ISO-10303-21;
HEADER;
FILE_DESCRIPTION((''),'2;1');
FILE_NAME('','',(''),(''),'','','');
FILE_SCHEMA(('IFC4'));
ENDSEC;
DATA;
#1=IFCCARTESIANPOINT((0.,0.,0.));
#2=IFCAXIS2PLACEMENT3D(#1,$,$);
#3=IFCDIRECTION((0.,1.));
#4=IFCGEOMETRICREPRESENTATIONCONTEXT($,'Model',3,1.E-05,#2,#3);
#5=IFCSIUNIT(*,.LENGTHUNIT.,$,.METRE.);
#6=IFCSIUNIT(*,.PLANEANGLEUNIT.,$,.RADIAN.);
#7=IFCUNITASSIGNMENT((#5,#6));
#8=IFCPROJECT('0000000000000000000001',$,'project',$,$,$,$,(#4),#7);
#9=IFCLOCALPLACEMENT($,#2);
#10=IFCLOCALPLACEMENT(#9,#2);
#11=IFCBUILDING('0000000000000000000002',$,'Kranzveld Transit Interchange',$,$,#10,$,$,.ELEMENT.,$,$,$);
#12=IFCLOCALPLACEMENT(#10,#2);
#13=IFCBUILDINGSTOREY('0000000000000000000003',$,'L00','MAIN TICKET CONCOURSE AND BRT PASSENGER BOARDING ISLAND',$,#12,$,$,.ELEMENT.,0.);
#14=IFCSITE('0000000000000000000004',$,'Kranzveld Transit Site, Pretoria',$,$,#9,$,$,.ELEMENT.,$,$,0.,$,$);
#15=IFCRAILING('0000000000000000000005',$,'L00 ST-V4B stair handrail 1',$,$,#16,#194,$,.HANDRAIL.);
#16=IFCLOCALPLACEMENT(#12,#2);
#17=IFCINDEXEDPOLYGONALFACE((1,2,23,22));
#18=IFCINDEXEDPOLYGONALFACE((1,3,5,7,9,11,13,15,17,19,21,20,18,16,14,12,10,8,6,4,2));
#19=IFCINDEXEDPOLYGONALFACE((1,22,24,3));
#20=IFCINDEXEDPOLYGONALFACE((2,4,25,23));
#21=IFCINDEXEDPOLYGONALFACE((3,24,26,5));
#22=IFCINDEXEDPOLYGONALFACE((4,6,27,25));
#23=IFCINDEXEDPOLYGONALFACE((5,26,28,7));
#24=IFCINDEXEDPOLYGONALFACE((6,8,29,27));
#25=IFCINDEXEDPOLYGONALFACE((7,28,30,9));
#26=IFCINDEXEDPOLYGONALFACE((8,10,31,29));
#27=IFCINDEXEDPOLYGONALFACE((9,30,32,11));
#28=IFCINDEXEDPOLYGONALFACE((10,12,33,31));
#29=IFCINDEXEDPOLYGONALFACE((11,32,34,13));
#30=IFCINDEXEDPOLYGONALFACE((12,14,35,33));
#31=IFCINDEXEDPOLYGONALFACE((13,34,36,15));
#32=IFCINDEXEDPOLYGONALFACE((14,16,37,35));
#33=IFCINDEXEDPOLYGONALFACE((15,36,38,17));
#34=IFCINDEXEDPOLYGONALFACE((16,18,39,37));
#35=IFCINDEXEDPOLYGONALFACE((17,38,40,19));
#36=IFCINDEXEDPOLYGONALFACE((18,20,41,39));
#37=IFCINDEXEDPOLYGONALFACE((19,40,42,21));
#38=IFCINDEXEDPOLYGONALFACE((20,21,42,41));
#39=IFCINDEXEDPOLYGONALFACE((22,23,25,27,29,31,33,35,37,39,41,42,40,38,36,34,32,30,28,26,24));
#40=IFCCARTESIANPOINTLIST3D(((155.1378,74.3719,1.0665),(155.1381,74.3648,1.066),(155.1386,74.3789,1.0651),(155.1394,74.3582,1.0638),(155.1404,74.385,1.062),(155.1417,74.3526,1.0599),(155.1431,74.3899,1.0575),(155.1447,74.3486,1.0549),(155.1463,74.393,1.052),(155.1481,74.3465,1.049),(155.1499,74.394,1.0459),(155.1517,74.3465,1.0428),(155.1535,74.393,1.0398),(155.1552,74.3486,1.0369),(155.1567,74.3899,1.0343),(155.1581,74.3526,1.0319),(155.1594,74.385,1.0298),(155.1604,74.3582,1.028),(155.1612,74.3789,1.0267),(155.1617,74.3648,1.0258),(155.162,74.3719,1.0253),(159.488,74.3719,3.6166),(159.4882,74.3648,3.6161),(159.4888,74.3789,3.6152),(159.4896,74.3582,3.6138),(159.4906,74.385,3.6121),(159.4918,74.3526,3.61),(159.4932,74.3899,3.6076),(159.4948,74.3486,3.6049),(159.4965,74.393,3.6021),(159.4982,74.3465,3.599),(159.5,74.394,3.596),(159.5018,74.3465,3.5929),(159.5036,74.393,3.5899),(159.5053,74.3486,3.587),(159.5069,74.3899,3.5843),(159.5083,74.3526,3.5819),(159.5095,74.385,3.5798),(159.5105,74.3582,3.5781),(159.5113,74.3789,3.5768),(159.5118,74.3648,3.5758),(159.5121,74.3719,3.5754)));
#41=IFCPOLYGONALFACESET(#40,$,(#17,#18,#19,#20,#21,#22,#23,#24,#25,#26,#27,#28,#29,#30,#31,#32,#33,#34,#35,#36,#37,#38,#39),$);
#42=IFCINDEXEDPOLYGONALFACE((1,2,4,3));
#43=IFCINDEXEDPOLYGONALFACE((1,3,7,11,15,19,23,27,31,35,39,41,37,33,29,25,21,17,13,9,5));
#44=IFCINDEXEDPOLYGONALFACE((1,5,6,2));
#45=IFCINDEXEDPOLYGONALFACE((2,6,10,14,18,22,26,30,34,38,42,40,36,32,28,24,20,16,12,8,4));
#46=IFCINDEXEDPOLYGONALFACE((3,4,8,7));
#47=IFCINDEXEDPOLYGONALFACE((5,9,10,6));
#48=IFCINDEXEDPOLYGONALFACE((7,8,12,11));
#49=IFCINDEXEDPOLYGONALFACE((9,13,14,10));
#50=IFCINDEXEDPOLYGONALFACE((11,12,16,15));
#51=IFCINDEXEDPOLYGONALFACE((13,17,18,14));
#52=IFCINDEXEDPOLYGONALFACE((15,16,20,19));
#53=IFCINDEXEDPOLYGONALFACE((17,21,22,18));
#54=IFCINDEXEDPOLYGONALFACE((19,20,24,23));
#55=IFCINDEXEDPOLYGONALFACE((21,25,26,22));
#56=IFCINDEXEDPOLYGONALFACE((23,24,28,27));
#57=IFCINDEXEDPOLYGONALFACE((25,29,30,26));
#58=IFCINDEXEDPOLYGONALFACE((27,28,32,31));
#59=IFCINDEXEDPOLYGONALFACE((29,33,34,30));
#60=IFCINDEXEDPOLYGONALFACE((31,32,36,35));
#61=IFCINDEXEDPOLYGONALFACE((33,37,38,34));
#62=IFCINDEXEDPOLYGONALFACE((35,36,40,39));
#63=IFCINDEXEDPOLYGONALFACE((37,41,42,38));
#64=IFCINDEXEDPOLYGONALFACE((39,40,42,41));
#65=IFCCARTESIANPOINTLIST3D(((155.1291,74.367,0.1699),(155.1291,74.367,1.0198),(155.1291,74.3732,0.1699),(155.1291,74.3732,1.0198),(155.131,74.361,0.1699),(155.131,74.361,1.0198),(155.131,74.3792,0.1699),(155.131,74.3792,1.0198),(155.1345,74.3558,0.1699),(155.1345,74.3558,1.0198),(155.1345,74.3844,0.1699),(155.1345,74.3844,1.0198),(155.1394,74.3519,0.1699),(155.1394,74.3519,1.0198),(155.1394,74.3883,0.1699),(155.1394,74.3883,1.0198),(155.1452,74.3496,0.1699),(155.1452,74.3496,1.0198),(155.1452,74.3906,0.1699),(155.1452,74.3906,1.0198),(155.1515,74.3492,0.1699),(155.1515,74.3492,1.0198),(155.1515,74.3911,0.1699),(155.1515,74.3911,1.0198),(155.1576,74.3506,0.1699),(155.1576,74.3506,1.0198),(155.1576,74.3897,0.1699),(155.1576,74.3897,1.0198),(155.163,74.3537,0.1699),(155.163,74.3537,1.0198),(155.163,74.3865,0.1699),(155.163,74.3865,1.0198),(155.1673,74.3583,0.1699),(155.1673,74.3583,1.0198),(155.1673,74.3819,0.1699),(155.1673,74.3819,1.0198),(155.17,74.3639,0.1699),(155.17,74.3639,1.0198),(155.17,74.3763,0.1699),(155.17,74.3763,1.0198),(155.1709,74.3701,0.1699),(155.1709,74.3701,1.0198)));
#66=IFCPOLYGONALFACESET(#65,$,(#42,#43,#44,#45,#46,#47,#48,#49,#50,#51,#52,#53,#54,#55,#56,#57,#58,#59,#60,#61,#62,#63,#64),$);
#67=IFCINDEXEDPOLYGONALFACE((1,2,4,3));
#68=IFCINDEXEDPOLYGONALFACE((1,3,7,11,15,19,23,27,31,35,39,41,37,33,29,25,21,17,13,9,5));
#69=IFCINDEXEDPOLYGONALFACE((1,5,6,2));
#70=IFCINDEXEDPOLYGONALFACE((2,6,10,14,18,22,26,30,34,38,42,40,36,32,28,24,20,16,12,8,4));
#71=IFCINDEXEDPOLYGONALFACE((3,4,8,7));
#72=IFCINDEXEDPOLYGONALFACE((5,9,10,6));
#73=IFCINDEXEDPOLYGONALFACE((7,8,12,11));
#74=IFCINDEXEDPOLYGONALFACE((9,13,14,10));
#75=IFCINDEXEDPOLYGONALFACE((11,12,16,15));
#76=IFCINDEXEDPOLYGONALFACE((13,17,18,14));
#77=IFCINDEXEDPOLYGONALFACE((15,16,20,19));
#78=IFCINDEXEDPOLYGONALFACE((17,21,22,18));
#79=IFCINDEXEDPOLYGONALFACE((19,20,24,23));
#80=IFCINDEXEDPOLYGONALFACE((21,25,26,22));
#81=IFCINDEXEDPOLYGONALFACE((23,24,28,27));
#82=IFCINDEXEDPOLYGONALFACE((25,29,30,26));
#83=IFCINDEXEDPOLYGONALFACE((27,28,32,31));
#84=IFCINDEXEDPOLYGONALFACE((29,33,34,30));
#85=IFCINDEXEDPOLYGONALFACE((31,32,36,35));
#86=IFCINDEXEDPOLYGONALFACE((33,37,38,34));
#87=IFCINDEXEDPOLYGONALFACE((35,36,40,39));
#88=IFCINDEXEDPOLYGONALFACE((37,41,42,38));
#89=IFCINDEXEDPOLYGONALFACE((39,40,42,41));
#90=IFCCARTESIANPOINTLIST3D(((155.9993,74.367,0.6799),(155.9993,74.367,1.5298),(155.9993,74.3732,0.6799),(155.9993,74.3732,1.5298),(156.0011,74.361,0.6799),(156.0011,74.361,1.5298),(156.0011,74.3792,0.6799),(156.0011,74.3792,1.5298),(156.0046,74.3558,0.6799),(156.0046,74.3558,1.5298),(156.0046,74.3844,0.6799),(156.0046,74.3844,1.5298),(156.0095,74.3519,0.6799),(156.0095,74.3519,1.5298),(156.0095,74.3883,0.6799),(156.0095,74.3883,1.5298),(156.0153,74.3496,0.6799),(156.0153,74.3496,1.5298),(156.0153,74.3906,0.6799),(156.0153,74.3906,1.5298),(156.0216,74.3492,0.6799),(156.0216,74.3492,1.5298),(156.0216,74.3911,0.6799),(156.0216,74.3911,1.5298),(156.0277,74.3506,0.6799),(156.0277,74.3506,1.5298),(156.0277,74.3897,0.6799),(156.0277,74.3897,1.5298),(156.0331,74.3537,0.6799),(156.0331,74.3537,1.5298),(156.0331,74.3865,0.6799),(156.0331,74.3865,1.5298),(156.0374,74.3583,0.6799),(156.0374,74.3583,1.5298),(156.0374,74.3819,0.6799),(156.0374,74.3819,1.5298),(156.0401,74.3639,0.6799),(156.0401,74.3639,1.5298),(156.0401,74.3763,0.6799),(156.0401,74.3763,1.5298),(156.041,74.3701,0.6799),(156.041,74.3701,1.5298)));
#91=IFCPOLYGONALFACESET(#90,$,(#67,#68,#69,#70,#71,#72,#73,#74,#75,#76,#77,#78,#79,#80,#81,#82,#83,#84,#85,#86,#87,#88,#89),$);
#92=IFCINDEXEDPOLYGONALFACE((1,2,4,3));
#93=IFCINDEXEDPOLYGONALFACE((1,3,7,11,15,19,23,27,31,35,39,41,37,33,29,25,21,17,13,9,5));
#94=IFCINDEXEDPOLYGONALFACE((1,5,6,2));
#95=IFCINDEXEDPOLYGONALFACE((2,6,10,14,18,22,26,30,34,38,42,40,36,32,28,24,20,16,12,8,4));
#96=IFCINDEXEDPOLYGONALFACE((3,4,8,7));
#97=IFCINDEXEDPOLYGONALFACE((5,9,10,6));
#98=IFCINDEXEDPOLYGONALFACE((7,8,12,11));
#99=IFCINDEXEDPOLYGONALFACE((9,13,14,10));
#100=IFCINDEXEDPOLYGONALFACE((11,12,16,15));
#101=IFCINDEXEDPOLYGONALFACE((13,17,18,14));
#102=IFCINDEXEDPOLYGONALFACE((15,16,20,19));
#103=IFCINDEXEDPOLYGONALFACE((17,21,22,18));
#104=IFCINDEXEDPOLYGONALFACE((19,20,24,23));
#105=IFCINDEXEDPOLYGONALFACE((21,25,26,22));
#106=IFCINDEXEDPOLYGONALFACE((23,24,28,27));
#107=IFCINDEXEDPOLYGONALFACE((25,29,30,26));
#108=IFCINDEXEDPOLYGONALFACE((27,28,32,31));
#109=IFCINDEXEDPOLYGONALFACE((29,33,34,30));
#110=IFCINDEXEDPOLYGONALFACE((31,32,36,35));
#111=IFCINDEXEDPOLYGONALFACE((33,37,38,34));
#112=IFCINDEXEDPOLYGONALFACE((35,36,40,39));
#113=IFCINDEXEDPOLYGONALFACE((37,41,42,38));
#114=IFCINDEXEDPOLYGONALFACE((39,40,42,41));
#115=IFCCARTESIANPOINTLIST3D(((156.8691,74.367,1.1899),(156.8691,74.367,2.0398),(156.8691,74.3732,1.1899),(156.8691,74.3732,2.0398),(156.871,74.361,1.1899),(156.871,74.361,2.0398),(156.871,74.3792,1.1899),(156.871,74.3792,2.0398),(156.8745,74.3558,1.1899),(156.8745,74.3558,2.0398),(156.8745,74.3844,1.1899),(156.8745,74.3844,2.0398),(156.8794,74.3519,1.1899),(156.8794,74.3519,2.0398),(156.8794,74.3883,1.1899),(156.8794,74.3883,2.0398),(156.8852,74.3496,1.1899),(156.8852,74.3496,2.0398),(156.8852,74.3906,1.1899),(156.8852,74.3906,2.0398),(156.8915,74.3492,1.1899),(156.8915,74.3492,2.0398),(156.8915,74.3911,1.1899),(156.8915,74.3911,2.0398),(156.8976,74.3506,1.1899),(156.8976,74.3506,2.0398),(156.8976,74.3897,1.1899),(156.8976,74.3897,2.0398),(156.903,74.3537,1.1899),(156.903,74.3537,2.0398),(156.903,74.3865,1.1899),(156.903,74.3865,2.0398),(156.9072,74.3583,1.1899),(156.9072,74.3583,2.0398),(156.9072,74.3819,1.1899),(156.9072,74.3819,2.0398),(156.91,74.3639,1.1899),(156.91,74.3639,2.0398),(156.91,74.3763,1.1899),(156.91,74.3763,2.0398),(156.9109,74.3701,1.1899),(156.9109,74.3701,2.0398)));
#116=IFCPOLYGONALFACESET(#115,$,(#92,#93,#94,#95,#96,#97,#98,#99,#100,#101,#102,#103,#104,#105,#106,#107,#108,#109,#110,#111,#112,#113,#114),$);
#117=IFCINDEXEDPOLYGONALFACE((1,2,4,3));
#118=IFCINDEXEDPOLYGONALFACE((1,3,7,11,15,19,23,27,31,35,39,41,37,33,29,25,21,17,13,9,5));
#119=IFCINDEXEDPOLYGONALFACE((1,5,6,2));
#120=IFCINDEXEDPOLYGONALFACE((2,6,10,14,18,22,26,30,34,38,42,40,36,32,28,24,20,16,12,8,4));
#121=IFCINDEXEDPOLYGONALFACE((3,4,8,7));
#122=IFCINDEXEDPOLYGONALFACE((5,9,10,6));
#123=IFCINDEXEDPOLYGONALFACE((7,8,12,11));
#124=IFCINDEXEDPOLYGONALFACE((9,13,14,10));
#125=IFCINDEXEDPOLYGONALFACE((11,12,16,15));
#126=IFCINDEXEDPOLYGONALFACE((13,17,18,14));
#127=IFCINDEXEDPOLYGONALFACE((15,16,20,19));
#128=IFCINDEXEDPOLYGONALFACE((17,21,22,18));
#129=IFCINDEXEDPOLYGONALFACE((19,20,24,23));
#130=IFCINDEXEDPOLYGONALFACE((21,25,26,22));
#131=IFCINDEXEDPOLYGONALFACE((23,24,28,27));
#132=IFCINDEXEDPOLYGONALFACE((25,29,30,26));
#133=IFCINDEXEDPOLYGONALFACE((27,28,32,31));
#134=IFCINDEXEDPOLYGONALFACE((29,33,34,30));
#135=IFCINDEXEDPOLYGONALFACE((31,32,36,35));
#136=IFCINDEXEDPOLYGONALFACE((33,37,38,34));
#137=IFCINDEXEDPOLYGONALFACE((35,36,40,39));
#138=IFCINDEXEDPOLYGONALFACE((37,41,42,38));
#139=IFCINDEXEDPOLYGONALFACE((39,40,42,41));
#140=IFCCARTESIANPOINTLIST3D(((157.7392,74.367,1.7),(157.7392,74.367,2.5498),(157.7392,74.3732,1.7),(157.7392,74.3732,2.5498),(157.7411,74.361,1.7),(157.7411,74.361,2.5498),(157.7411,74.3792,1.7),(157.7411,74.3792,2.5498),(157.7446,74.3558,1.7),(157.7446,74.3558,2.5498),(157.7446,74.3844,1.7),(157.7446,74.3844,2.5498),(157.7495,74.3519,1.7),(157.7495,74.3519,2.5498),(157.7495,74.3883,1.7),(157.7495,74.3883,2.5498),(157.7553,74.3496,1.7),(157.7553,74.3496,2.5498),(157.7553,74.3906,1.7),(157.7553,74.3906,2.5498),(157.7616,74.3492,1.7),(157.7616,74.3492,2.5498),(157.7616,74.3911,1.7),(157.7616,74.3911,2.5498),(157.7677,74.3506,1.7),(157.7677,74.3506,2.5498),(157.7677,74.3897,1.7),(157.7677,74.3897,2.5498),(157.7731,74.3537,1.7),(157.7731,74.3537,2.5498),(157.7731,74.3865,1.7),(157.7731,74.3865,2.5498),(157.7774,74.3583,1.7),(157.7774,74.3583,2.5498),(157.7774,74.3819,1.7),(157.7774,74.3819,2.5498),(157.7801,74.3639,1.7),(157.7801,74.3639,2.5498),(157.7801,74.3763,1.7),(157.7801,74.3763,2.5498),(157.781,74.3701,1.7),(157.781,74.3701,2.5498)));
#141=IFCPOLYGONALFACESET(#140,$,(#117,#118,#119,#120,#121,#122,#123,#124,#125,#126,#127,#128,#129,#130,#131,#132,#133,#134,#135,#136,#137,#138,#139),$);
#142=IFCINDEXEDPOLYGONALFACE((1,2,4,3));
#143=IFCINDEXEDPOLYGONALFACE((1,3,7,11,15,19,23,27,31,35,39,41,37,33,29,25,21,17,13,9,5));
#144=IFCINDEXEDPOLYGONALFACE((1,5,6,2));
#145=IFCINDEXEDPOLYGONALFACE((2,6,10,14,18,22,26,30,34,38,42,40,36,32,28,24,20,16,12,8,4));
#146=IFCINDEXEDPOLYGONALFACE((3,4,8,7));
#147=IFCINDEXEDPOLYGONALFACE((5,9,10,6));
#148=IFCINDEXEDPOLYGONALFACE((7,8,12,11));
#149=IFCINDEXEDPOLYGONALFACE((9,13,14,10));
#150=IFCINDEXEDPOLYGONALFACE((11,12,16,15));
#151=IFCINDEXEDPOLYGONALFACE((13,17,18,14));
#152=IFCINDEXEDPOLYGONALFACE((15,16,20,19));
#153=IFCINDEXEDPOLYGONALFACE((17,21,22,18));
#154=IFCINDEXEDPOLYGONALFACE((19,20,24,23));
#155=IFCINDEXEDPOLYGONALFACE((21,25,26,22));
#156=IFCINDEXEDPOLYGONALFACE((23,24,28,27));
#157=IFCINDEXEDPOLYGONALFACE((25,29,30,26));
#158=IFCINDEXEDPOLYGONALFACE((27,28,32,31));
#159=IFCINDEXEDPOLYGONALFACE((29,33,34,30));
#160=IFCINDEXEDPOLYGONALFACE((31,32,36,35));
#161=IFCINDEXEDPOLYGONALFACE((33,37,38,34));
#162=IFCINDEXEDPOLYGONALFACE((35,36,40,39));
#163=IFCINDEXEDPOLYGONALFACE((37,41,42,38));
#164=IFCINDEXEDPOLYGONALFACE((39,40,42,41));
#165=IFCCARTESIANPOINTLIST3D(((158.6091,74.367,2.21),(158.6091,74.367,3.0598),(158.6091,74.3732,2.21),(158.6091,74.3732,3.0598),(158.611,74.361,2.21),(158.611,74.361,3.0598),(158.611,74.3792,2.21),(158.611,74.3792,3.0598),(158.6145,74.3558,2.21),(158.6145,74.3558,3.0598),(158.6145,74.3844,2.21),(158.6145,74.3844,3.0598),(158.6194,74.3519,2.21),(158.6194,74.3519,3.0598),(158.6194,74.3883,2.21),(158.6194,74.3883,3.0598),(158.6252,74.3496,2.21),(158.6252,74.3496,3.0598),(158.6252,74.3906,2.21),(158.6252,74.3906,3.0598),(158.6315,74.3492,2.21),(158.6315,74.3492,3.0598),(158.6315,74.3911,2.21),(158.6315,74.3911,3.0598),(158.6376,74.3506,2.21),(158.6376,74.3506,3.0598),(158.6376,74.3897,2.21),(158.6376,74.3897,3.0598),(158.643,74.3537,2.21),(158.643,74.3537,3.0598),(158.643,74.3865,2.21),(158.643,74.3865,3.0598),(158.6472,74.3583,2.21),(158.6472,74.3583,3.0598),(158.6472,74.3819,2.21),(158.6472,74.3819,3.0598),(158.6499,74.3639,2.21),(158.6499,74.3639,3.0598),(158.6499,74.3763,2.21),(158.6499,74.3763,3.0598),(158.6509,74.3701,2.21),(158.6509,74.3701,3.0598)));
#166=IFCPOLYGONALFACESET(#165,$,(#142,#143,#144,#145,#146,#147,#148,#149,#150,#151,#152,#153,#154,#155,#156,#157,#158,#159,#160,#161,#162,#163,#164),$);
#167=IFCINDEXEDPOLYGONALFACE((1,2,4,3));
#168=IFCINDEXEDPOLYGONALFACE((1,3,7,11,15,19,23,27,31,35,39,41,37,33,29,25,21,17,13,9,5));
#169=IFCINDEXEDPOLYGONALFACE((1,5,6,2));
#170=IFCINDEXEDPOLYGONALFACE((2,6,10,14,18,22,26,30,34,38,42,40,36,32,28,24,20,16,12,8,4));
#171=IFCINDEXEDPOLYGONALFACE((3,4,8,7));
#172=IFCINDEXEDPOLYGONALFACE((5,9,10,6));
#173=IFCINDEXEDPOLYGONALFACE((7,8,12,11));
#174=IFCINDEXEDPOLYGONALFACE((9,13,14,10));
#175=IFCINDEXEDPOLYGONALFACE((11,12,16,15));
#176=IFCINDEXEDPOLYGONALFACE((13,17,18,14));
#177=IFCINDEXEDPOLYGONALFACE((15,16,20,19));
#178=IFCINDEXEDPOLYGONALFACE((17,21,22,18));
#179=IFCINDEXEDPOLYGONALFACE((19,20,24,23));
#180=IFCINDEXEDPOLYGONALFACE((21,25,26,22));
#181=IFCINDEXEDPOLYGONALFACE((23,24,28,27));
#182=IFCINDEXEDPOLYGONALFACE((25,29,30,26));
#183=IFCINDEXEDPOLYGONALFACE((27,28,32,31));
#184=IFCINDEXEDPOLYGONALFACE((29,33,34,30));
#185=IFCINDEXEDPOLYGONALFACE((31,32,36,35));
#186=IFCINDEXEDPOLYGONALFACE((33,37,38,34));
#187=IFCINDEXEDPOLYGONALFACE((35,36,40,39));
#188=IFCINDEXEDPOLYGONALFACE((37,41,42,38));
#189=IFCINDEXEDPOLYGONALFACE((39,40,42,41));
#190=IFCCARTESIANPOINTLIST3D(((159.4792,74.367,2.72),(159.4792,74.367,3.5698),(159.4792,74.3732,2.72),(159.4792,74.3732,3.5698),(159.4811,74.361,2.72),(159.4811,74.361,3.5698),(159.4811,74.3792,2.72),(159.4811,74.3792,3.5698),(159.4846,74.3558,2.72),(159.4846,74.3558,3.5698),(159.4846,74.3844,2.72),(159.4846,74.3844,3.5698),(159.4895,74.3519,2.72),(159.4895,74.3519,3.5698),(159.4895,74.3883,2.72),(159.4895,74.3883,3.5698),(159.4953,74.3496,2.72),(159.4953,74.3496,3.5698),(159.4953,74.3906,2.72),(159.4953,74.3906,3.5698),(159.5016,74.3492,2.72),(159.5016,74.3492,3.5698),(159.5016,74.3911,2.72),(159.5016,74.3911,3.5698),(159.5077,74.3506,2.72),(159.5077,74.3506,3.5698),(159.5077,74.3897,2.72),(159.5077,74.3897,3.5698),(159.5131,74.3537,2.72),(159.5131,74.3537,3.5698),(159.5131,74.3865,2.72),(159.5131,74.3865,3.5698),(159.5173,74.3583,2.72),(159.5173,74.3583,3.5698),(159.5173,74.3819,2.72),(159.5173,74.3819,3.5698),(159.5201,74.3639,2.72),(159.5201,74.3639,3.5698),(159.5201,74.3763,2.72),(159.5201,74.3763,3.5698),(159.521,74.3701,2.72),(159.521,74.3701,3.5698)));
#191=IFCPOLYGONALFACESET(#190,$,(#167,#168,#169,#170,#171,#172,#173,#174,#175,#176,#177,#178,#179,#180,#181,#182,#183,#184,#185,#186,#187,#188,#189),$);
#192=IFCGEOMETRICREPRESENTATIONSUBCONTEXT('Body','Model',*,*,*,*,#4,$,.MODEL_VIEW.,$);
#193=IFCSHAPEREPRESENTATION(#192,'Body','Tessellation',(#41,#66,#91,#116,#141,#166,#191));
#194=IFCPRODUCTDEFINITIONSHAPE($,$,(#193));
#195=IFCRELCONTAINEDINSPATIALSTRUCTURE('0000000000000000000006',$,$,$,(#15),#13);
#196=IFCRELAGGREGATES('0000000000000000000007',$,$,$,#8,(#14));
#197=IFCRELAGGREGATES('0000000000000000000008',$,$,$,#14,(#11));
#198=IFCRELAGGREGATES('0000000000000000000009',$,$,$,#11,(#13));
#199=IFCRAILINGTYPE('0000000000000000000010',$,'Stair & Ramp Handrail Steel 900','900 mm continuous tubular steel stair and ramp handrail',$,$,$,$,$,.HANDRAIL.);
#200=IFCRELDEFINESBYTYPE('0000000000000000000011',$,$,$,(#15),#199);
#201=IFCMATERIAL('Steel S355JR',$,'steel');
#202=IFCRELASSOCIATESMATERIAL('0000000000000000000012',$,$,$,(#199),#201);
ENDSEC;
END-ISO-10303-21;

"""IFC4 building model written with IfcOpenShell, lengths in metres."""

from ifc_helpers import new_model, si_unit, direction, frame, origin, origin_2d, place, context, subcontext, project, spatial, circle, extrude, material, type_object, element, save


model = new_model("IFC4")

# Units and contexts
model_context = context("Model", 3, precision=1e-05, world=origin(), true_north=direction((0.0, 1.0)))
body_context = subcontext(model_context, "Body", "Model", "MODEL_VIEW")
ifc_project = project(units=[si_unit("LENGTHUNIT", "METRE"), si_unit("PLANEANGLEUNIT", "RADIAN")], contexts=[model_context])

# Site, building, storey
site_placement = place(None, origin())
site = spatial("IfcSite", under=ifc_project, at=site_placement, Name="Kranzveld Transit Site, Pretoria", CompositionType="ELEMENT", RefElevation=0.0)
building_placement = place(site_placement, origin())
building = spatial("IfcBuilding", under=site, at=building_placement, Name="Kranzveld Transit Interchange", CompositionType="ELEMENT")
storey_placement = place(building_placement, origin())
storey = spatial("IfcBuildingStorey", under=building, at=storey_placement, Name="L00", Description="MAIN TICKET CONCOURSE AND BRT PASSENGER BOARDING ISLAND", CompositionType="ELEMENT", Elevation=0.0)

# Railing
ifc_material_1 = material(Name="Steel S355JR", Category="steel")
railing_type_1 = type_object("IfcRailingType", Name="Stair & Ramp Handrail Steel 900", Description="900 mm continuous tubular steel stair and ramp handrail", PredefinedType="HANDRAIL", material=ifc_material_1)
railing_1_placement = place(storey_placement, frame((155.1499, 74.3701, 0.1699)))
element("IfcRailing", 1, at=railing_1_placement, inside=storey, type_object=railing_type_1, Name="L00 ST-V4B stair handrail 1", PredefinedType="HANDRAIL", context=body_context, shape_type="SweptSolid", body=[
    extrude(circle(Radius=0.0239, at=origin_2d()), frame((0.0, 0.0, 0.876), z_axis=(0.862699, 0.0, 0.505718), x_axis=(0.0, 1.0, 0.0)), (0.0, 0.0, 1.0), 5.0425),
    extrude(circle(Radius=0.021, at=origin_2d()), origin(), (0.0, 0.0, 1.0), 0.8499),
    extrude(circle(Radius=0.021, at=origin_2d()), frame((0.8701, 0.0, 0.51)), (0.0, 0.0, 1.0), 0.8499),
    extrude(circle(Radius=0.021, at=origin_2d()), frame((1.74, 0.0, 1.02)), (0.0, 0.0, 1.0), 0.8499),
    extrude(circle(Radius=0.021, at=origin_2d()), frame((2.6101, 0.0, 1.53)), (0.0, 0.0, 1.0), 0.8499),
    extrude(circle(Radius=0.021, at=origin_2d()), frame((3.48, 0.0, 2.04)), (0.0, 0.0, 1.0), 0.8499),
    extrude(circle(Radius=0.021, at=origin_2d()), frame((4.3501, 0.0, 2.55)), (0.0, 0.0, 1.0), 0.8499),
])

save(model, "model.ifc")
